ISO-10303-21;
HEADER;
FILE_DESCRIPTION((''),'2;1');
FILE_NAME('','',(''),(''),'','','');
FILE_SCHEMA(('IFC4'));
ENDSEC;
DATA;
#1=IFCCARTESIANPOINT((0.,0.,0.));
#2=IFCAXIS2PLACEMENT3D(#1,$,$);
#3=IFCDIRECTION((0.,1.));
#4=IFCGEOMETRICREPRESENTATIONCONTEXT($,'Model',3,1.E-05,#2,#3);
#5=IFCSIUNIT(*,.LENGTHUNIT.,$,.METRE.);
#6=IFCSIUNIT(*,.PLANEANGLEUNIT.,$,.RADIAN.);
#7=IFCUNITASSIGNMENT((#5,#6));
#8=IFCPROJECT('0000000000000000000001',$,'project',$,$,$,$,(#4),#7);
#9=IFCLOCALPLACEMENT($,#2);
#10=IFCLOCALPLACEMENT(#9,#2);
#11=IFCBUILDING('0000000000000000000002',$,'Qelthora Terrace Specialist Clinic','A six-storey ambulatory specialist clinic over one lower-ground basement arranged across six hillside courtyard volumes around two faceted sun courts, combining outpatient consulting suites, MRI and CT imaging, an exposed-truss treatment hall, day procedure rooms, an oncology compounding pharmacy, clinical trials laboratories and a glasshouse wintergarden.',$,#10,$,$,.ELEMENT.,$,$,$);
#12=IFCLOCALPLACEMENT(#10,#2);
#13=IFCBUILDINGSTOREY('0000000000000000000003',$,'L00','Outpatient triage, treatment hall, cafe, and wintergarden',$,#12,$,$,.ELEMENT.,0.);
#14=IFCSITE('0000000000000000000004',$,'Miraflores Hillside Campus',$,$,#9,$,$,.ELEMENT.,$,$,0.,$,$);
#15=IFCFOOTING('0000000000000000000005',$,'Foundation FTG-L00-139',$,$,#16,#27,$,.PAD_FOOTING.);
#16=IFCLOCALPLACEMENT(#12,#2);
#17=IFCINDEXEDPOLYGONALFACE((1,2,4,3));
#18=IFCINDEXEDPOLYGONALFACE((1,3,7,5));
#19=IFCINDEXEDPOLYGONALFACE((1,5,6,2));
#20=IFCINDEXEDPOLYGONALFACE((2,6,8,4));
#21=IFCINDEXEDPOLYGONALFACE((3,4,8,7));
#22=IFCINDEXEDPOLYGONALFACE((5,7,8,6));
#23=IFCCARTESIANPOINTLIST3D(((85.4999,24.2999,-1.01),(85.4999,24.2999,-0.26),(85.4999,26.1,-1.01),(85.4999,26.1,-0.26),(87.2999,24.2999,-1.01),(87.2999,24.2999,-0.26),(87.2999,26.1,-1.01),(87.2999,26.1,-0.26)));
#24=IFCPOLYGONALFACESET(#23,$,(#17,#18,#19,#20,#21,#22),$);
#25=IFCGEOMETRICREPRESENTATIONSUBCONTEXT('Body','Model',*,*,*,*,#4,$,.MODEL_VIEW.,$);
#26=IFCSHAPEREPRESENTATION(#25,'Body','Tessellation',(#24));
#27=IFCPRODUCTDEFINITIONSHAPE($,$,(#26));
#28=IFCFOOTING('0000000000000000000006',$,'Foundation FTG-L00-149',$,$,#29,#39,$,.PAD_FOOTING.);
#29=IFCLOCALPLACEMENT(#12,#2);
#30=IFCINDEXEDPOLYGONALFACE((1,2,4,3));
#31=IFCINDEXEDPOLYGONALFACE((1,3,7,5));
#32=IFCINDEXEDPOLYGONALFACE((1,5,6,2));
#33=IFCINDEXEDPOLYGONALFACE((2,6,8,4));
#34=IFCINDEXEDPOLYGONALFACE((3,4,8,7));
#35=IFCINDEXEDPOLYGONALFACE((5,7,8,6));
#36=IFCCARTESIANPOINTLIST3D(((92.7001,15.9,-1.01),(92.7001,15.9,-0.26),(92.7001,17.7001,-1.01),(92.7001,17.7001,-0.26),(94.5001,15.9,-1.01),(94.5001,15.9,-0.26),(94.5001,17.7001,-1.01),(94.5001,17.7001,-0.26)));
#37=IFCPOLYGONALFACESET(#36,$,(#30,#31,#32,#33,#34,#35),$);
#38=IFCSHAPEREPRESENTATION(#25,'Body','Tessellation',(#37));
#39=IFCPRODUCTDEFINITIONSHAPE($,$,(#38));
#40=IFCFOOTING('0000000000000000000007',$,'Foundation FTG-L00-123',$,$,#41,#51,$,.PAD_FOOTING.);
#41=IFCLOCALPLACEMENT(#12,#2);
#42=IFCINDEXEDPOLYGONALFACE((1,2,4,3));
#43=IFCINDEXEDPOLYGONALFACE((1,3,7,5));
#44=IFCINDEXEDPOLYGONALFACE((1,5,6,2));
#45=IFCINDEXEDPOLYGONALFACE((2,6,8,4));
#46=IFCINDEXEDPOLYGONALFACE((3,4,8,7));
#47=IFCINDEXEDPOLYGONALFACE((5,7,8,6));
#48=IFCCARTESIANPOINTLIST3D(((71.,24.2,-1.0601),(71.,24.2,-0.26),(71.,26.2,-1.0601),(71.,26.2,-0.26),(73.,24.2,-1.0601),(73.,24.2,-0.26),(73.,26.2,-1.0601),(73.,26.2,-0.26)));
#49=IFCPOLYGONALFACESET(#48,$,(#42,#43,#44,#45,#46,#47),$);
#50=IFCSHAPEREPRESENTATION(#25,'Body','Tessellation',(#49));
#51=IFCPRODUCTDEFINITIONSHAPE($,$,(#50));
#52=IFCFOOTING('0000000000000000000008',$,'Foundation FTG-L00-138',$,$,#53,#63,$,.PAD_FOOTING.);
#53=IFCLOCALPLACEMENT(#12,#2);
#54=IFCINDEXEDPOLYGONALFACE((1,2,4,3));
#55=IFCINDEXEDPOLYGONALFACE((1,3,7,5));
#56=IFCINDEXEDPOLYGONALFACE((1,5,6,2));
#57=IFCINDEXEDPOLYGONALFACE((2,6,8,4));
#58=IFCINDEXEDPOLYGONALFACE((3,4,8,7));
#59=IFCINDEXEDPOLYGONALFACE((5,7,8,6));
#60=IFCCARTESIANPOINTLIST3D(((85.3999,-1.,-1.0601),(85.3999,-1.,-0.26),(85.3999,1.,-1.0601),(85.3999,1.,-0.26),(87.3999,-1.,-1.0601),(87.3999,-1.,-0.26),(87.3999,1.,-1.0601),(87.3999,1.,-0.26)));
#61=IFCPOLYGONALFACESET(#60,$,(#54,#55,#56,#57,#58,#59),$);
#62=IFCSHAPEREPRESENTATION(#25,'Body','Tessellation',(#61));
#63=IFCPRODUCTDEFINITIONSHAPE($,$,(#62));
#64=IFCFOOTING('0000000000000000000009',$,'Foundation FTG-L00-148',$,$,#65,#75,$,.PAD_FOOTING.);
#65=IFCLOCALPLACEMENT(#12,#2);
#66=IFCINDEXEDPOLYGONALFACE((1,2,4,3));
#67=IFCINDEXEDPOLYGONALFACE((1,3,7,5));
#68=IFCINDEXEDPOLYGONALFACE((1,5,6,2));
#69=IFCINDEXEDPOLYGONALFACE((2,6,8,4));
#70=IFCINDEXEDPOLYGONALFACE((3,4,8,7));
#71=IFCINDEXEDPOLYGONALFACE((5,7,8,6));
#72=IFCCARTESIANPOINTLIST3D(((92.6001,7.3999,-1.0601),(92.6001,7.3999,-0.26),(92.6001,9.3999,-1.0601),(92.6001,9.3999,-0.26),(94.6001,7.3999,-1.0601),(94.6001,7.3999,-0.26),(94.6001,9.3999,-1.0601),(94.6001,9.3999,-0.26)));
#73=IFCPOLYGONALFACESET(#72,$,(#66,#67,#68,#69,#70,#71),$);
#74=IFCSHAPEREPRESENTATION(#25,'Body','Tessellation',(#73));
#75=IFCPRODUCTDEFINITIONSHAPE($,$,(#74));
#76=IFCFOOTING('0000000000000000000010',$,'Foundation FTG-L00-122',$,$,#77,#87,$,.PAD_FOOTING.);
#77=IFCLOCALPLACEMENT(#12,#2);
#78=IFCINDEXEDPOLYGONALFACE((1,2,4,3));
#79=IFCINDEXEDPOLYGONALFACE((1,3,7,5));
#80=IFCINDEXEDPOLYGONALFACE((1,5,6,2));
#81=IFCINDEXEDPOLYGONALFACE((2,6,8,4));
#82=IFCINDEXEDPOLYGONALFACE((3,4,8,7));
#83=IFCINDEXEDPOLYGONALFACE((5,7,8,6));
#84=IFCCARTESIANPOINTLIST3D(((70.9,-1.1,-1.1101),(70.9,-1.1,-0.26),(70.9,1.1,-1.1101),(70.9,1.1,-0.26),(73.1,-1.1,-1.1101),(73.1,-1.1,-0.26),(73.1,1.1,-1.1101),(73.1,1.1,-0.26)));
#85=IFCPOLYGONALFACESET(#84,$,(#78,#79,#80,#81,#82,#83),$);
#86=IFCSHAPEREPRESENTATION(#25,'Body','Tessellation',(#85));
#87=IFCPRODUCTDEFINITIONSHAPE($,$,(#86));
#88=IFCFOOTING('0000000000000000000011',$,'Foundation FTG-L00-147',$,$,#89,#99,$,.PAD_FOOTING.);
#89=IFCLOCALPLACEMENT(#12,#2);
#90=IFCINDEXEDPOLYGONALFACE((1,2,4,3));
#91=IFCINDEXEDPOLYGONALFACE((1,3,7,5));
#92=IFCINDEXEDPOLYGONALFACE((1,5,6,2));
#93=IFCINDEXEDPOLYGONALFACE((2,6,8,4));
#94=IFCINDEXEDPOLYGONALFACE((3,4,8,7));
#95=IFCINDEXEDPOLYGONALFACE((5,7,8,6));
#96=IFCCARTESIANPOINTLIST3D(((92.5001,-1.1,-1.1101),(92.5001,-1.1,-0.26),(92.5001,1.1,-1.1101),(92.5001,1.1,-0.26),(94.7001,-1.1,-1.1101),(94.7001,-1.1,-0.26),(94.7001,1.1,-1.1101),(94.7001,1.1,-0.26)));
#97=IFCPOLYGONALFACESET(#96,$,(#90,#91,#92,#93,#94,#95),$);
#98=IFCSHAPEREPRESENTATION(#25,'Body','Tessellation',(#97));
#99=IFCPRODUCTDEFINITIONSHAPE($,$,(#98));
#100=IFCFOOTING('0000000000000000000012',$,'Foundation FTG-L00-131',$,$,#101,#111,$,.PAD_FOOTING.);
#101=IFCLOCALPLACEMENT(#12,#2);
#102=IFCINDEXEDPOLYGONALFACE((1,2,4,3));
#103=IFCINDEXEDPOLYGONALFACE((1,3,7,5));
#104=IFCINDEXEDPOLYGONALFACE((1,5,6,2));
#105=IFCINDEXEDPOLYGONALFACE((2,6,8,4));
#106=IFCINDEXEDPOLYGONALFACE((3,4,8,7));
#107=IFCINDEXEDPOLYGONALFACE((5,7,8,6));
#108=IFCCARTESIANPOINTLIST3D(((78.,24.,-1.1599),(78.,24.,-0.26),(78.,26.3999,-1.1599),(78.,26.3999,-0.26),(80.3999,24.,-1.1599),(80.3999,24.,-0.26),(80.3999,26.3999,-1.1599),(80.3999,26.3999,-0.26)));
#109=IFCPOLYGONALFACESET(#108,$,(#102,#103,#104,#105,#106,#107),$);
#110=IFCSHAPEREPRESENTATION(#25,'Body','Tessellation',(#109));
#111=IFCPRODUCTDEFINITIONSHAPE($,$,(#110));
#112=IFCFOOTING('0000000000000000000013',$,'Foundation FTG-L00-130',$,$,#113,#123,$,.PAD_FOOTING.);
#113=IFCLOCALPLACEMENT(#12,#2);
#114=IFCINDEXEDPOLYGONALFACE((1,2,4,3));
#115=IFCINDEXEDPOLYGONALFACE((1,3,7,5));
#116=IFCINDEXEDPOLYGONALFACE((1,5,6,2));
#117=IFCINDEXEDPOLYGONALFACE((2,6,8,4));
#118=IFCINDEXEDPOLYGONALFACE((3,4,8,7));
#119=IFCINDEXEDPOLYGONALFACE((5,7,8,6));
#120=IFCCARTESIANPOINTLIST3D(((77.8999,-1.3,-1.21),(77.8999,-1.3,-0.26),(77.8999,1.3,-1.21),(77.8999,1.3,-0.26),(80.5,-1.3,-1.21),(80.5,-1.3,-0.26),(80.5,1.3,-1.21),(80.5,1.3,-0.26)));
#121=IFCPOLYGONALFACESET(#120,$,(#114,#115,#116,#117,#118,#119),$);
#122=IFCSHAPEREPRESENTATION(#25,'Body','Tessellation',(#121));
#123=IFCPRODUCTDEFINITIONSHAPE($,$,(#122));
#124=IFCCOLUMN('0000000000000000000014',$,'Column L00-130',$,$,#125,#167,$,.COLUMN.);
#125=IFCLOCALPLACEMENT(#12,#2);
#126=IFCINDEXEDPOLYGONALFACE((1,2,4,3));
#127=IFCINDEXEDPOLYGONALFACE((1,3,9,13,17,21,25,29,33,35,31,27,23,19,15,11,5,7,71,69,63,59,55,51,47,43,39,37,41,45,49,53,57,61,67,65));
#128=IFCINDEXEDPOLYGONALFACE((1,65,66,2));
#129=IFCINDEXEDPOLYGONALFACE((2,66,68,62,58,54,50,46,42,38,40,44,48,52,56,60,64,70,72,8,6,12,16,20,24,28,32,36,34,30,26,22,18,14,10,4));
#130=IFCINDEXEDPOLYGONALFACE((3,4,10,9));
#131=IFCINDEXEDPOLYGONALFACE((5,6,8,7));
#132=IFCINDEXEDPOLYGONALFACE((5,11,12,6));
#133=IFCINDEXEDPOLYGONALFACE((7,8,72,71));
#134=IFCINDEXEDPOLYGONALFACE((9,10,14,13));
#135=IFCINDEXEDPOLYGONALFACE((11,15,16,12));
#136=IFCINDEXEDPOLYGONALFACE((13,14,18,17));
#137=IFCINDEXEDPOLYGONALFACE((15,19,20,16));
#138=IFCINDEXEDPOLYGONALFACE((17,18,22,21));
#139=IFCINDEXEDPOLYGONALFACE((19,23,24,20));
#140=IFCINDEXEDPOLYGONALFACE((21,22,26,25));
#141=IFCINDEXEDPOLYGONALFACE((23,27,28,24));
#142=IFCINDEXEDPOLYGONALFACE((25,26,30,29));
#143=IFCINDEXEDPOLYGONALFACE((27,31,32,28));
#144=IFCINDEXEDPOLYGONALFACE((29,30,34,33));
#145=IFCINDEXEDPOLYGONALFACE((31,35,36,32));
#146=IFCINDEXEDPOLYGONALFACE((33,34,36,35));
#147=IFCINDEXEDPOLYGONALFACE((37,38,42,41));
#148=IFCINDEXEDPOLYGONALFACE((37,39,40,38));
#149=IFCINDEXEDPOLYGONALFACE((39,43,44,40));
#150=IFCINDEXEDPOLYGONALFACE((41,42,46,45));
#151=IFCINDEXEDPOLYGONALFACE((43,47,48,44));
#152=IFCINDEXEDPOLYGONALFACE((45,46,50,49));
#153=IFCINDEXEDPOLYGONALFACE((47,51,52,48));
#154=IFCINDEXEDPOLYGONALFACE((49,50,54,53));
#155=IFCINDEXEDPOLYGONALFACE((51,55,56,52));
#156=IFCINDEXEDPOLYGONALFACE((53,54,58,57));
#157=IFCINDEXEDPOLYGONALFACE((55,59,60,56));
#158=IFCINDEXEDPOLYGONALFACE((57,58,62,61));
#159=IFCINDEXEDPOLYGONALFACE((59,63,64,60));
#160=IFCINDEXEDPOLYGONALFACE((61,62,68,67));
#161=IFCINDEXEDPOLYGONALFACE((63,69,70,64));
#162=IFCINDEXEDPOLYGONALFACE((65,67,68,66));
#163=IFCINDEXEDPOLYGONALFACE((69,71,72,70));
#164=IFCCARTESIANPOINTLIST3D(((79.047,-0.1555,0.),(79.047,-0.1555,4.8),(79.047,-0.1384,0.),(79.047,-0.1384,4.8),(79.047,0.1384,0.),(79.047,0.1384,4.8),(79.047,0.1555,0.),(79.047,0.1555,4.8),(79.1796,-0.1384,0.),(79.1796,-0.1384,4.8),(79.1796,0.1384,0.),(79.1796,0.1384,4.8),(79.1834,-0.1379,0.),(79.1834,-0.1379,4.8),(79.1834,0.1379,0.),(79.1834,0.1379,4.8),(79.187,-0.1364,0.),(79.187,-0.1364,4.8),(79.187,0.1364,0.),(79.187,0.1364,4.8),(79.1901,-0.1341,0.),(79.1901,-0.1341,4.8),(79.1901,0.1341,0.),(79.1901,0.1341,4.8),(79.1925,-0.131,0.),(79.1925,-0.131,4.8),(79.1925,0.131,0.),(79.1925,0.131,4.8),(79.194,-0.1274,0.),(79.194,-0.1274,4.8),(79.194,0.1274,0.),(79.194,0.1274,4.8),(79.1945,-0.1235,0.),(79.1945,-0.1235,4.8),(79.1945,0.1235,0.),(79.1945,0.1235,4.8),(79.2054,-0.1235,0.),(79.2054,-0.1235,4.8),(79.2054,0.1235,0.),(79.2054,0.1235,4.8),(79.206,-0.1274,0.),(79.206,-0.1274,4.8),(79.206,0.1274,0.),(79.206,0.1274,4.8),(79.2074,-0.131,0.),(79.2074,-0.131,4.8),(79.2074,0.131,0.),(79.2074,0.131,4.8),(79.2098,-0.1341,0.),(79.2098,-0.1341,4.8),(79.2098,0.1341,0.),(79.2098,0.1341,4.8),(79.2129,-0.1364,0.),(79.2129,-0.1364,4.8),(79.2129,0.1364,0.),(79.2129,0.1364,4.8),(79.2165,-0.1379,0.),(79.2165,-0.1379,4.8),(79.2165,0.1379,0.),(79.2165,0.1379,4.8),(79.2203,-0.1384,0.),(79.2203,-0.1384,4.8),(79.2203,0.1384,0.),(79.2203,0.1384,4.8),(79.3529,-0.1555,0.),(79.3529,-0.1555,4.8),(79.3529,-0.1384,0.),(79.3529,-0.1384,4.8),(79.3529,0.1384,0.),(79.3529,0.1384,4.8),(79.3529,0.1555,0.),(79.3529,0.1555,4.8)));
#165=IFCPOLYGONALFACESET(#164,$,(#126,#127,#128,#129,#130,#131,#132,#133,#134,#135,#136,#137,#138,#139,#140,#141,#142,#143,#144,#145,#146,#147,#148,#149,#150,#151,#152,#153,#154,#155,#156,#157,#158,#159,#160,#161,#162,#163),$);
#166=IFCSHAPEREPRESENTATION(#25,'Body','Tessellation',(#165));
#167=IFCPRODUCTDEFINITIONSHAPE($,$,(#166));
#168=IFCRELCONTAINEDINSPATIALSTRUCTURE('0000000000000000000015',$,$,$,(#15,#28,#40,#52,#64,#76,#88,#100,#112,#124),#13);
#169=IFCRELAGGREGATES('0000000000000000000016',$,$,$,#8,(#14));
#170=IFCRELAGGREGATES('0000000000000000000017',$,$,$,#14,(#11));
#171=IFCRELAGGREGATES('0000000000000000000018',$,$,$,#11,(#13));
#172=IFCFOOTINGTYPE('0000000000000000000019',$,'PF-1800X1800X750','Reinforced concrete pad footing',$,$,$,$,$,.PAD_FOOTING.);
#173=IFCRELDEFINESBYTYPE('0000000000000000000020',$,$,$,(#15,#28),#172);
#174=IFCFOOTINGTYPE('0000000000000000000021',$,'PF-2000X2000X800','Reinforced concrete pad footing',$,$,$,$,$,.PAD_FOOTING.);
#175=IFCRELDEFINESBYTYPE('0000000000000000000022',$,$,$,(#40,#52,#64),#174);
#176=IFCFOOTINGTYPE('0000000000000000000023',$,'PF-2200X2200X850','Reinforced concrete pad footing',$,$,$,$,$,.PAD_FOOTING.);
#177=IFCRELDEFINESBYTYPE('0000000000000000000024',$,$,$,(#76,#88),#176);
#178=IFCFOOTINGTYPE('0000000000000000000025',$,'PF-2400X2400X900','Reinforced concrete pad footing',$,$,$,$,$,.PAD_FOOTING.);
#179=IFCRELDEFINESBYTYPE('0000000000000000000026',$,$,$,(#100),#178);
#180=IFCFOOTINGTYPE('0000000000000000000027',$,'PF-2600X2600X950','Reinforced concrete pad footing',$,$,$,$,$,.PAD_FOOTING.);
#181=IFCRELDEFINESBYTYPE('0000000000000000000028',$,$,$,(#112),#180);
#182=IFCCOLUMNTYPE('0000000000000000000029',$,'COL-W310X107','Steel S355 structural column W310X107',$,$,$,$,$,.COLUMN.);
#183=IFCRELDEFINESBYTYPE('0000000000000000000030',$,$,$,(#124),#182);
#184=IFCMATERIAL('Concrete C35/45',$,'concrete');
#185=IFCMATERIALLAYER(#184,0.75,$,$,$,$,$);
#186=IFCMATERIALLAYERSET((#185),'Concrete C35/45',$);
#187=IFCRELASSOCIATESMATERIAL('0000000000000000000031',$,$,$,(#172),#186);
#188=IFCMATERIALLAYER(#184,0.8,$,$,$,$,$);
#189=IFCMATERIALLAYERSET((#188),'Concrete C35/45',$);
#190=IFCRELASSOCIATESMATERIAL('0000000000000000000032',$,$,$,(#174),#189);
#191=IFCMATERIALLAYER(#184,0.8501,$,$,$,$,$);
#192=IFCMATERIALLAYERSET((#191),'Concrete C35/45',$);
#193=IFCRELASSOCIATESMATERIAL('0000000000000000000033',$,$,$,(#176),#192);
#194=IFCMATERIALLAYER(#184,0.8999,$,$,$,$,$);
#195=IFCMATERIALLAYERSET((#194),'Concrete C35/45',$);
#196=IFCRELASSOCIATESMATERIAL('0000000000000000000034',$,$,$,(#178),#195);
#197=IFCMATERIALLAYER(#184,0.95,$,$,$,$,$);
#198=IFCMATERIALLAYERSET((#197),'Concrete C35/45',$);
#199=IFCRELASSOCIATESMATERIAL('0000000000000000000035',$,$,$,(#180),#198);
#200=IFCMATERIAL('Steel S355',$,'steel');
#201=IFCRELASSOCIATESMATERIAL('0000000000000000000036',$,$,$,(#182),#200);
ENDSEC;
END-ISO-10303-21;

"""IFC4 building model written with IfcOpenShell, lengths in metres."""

from ifc_helpers import new_model, si_unit, direction, frame, origin, origin_2d, place, context, subcontext, project, spatial, rectangle, i_section, extrude, material, layer, layer_set, material_profile, profile_set, type_object, element, save


model = new_model("IFC4")

# Units and contexts
model_context = context("Model", 3, precision=1e-05, world=origin(), true_north=direction((0.0, 1.0)))
body_context = subcontext(model_context, "Body", "Model", "MODEL_VIEW")
ifc_project = project(units=[si_unit("LENGTHUNIT", "METRE"), si_unit("PLANEANGLEUNIT", "RADIAN")], contexts=[model_context])

# Site, building, storey
site_placement = place(None, origin())
site = spatial("IfcSite", under=ifc_project, at=site_placement, Name="Miraflores Hillside Campus", CompositionType="ELEMENT", RefElevation=0.0)
building_placement = place(site_placement, origin())
building = spatial("IfcBuilding", under=site, at=building_placement, Name="Qelthora Terrace Specialist Clinic", Description="A six-storey ambulatory specialist clinic over one lower-ground basement arranged across six hillside courtyard volumes around two faceted sun courts, combining outpatient consulting suites, MRI and CT imaging, an exposed-truss treatment hall, day procedure rooms, an oncology compounding pharmacy, clinical trials laboratories and a glasshouse wintergarden.", CompositionType="ELEMENT")
storey_placement = place(building_placement, origin())
storey = spatial("IfcBuildingStorey", under=building, at=storey_placement, Name="L00", Description="Outpatient triage, treatment hall, cafe, and wintergarden", CompositionType="ELEMENT", Elevation=0.0)

# Footings
ifc_material_1 = material(Name="Concrete C35/45", Category="concrete")
ifc_layer_1 = layer(ifc_material_1, 0.75)
ifc_layer_set_1 = layer_set([ifc_layer_1], Name="Concrete C35/45")
footing_type_1 = type_object("IfcFootingType", Name="PF-1800X1800X750", Description="Reinforced concrete pad footing", PredefinedType="PAD_FOOTING", material=ifc_layer_set_1)
for number, where, z_axis, x_axis, name in (
    (1, (86.3999, 25.2, -1.01), (0.0, 0.0, 1.0), (1.0, 0.0, 0.0), "Foundation FTG-L00-139"),
    (2, (93.6001, 16.8, -1.01), (0.0, 0.0, 1.0), (1.0, 0.0, 0.0), "Foundation FTG-L00-149"),
):
    element("IfcFooting", number, at=place(storey_placement, frame(where, z_axis=z_axis, x_axis=x_axis)), inside=storey, type_object=footing_type_1, Name=name, PredefinedType="PAD_FOOTING", context=body_context, shape_type="SweptSolid", body=[
        extrude(rectangle(XDim=1.8, YDim=1.8, at=origin_2d()), origin(), (0.0, 0.0, 1.0), 0.75),
    ])
ifc_layer_2 = layer(ifc_material_1, 0.8)
ifc_layer_set_2 = layer_set([ifc_layer_2], Name="Concrete C35/45")
footing_type_2 = type_object("IfcFootingType", Name="PF-2000X2000X800", Description="Reinforced concrete pad footing", PredefinedType="PAD_FOOTING", material=ifc_layer_set_2)
for number, where, z_axis, x_axis, name in (
    (3, (72.0, 25.2, -1.0601), (0.0, 0.0, 1.0), (1.0, 0.0, 0.0), "Foundation FTG-L00-123"),
    (4, (86.3999, 0.0, -1.0601), (0.0, 0.0, 1.0), (1.0, 0.0, 0.0), "Foundation FTG-L00-138"),
    (5, (93.6001, 8.3999, -1.0601), (0.0, 0.0, 1.0), (1.0, 0.0, 0.0), "Foundation FTG-L00-148"),
):
    element("IfcFooting", number, at=place(storey_placement, frame(where, z_axis=z_axis, x_axis=x_axis)), inside=storey, type_object=footing_type_2, Name=name, PredefinedType="PAD_FOOTING", context=body_context, shape_type="SweptSolid", body=[
        extrude(rectangle(XDim=2.0, YDim=2.0, at=origin_2d()), origin(), (0.0, 0.0, 1.0), 0.8),
    ])
ifc_layer_3 = layer(ifc_material_1, 0.8501)
ifc_layer_set_3 = layer_set([ifc_layer_3], Name="Concrete C35/45")
footing_type_3 = type_object("IfcFootingType", Name="PF-2200X2200X850", Description="Reinforced concrete pad footing", PredefinedType="PAD_FOOTING", material=ifc_layer_set_3)
for number, where, z_axis, x_axis, name in (
    (6, (72.0, 0.0, -1.1101), (0.0, 0.0, 1.0), (1.0, 0.0, 0.0), "Foundation FTG-L00-122"),
    (7, (93.6001, 0.0, -1.1101), (0.0, 0.0, 1.0), (1.0, 0.0, 0.0), "Foundation FTG-L00-147"),
):
    element("IfcFooting", number, at=place(storey_placement, frame(where, z_axis=z_axis, x_axis=x_axis)), inside=storey, type_object=footing_type_3, Name=name, PredefinedType="PAD_FOOTING", context=body_context, shape_type="SweptSolid", body=[
        extrude(rectangle(XDim=2.2, YDim=2.2, at=origin_2d()), origin(), (0.0, 0.0, 1.0), 0.8501),
    ])
ifc_layer_4 = layer(ifc_material_1, 0.8999)
ifc_layer_set_4 = layer_set([ifc_layer_4], Name="Concrete C35/45")
footing_type_4 = type_object("IfcFootingType", Name="PF-2400X2400X900", Description="Reinforced concrete pad footing", PredefinedType="PAD_FOOTING", material=ifc_layer_set_4)
footing_1_placement = place(storey_placement, frame((79.2, 25.2, -1.1599), z_axis=(0.0, 0.0, 1.0), x_axis=(1.0, 0.0, 0.0)))
element("IfcFooting", 8, at=footing_1_placement, inside=storey, type_object=footing_type_4, Name="Foundation FTG-L00-131", PredefinedType="PAD_FOOTING", context=body_context, shape_type="SweptSolid", body=[
    extrude(rectangle(XDim=2.3999, YDim=2.3999, at=origin_2d()), origin(), (0.0, 0.0, 1.0), 0.8999),
])
ifc_layer_5 = layer(ifc_material_1, 0.95)
ifc_layer_set_5 = layer_set([ifc_layer_5], Name="Concrete C35/45")
footing_type_5 = type_object("IfcFootingType", Name="PF-2600X2600X950", Description="Reinforced concrete pad footing", PredefinedType="PAD_FOOTING", material=ifc_layer_set_5)
footing_2_placement = place(storey_placement, frame((79.2, 0.0, -1.21), z_axis=(0.0, 0.0, 1.0), x_axis=(1.0, 0.0, 0.0)))
element("IfcFooting", 9, at=footing_2_placement, inside=storey, type_object=footing_type_5, Name="Foundation FTG-L00-130", PredefinedType="PAD_FOOTING", context=body_context, shape_type="SweptSolid", body=[
    extrude(rectangle(XDim=2.6001, YDim=2.6001, at=origin_2d()), origin(), (0.0, 0.0, 1.0), 0.95),
])

# Column
ifc_material_2 = material(Name="Steel S355", Category="steel")
ifc_material_profile_1 = material_profile(ifc_material_2, i_section(OverallWidth=0.3059, OverallDepth=0.311, WebThickness=0.011, FlangeThickness=0.0171, FilletRadius=0.0149, at=origin_2d()), Name="W310X107")
ifc_profile_set_1 = profile_set([ifc_material_profile_1], Name="Steel S355")
column_type_1 = type_object("IfcColumnType", Name="COL-W310X107", Description="Steel S355 structural column W310X107", PredefinedType="COLUMN", material=ifc_profile_set_1)
column_placement = place(storey_placement, frame((79.2, 0.0, 0.0), z_axis=(0.0, 0.0, 1.0), x_axis=(1.0, 0.0, 0.0)))
element("IfcColumn", 10, at=column_placement, inside=storey, type_object=column_type_1, Name="Column L00-130", PredefinedType="COLUMN", context=body_context, shape_type="SweptSolid", body=[
    extrude(i_section(OverallWidth=0.3059, OverallDepth=0.311, WebThickness=0.011, FlangeThickness=0.0171, FilletRadius=0.0149, at=origin_2d()), origin(), (0.0, 0.0, 1.0), 4.8),
])

save(model, "model.ifc")
